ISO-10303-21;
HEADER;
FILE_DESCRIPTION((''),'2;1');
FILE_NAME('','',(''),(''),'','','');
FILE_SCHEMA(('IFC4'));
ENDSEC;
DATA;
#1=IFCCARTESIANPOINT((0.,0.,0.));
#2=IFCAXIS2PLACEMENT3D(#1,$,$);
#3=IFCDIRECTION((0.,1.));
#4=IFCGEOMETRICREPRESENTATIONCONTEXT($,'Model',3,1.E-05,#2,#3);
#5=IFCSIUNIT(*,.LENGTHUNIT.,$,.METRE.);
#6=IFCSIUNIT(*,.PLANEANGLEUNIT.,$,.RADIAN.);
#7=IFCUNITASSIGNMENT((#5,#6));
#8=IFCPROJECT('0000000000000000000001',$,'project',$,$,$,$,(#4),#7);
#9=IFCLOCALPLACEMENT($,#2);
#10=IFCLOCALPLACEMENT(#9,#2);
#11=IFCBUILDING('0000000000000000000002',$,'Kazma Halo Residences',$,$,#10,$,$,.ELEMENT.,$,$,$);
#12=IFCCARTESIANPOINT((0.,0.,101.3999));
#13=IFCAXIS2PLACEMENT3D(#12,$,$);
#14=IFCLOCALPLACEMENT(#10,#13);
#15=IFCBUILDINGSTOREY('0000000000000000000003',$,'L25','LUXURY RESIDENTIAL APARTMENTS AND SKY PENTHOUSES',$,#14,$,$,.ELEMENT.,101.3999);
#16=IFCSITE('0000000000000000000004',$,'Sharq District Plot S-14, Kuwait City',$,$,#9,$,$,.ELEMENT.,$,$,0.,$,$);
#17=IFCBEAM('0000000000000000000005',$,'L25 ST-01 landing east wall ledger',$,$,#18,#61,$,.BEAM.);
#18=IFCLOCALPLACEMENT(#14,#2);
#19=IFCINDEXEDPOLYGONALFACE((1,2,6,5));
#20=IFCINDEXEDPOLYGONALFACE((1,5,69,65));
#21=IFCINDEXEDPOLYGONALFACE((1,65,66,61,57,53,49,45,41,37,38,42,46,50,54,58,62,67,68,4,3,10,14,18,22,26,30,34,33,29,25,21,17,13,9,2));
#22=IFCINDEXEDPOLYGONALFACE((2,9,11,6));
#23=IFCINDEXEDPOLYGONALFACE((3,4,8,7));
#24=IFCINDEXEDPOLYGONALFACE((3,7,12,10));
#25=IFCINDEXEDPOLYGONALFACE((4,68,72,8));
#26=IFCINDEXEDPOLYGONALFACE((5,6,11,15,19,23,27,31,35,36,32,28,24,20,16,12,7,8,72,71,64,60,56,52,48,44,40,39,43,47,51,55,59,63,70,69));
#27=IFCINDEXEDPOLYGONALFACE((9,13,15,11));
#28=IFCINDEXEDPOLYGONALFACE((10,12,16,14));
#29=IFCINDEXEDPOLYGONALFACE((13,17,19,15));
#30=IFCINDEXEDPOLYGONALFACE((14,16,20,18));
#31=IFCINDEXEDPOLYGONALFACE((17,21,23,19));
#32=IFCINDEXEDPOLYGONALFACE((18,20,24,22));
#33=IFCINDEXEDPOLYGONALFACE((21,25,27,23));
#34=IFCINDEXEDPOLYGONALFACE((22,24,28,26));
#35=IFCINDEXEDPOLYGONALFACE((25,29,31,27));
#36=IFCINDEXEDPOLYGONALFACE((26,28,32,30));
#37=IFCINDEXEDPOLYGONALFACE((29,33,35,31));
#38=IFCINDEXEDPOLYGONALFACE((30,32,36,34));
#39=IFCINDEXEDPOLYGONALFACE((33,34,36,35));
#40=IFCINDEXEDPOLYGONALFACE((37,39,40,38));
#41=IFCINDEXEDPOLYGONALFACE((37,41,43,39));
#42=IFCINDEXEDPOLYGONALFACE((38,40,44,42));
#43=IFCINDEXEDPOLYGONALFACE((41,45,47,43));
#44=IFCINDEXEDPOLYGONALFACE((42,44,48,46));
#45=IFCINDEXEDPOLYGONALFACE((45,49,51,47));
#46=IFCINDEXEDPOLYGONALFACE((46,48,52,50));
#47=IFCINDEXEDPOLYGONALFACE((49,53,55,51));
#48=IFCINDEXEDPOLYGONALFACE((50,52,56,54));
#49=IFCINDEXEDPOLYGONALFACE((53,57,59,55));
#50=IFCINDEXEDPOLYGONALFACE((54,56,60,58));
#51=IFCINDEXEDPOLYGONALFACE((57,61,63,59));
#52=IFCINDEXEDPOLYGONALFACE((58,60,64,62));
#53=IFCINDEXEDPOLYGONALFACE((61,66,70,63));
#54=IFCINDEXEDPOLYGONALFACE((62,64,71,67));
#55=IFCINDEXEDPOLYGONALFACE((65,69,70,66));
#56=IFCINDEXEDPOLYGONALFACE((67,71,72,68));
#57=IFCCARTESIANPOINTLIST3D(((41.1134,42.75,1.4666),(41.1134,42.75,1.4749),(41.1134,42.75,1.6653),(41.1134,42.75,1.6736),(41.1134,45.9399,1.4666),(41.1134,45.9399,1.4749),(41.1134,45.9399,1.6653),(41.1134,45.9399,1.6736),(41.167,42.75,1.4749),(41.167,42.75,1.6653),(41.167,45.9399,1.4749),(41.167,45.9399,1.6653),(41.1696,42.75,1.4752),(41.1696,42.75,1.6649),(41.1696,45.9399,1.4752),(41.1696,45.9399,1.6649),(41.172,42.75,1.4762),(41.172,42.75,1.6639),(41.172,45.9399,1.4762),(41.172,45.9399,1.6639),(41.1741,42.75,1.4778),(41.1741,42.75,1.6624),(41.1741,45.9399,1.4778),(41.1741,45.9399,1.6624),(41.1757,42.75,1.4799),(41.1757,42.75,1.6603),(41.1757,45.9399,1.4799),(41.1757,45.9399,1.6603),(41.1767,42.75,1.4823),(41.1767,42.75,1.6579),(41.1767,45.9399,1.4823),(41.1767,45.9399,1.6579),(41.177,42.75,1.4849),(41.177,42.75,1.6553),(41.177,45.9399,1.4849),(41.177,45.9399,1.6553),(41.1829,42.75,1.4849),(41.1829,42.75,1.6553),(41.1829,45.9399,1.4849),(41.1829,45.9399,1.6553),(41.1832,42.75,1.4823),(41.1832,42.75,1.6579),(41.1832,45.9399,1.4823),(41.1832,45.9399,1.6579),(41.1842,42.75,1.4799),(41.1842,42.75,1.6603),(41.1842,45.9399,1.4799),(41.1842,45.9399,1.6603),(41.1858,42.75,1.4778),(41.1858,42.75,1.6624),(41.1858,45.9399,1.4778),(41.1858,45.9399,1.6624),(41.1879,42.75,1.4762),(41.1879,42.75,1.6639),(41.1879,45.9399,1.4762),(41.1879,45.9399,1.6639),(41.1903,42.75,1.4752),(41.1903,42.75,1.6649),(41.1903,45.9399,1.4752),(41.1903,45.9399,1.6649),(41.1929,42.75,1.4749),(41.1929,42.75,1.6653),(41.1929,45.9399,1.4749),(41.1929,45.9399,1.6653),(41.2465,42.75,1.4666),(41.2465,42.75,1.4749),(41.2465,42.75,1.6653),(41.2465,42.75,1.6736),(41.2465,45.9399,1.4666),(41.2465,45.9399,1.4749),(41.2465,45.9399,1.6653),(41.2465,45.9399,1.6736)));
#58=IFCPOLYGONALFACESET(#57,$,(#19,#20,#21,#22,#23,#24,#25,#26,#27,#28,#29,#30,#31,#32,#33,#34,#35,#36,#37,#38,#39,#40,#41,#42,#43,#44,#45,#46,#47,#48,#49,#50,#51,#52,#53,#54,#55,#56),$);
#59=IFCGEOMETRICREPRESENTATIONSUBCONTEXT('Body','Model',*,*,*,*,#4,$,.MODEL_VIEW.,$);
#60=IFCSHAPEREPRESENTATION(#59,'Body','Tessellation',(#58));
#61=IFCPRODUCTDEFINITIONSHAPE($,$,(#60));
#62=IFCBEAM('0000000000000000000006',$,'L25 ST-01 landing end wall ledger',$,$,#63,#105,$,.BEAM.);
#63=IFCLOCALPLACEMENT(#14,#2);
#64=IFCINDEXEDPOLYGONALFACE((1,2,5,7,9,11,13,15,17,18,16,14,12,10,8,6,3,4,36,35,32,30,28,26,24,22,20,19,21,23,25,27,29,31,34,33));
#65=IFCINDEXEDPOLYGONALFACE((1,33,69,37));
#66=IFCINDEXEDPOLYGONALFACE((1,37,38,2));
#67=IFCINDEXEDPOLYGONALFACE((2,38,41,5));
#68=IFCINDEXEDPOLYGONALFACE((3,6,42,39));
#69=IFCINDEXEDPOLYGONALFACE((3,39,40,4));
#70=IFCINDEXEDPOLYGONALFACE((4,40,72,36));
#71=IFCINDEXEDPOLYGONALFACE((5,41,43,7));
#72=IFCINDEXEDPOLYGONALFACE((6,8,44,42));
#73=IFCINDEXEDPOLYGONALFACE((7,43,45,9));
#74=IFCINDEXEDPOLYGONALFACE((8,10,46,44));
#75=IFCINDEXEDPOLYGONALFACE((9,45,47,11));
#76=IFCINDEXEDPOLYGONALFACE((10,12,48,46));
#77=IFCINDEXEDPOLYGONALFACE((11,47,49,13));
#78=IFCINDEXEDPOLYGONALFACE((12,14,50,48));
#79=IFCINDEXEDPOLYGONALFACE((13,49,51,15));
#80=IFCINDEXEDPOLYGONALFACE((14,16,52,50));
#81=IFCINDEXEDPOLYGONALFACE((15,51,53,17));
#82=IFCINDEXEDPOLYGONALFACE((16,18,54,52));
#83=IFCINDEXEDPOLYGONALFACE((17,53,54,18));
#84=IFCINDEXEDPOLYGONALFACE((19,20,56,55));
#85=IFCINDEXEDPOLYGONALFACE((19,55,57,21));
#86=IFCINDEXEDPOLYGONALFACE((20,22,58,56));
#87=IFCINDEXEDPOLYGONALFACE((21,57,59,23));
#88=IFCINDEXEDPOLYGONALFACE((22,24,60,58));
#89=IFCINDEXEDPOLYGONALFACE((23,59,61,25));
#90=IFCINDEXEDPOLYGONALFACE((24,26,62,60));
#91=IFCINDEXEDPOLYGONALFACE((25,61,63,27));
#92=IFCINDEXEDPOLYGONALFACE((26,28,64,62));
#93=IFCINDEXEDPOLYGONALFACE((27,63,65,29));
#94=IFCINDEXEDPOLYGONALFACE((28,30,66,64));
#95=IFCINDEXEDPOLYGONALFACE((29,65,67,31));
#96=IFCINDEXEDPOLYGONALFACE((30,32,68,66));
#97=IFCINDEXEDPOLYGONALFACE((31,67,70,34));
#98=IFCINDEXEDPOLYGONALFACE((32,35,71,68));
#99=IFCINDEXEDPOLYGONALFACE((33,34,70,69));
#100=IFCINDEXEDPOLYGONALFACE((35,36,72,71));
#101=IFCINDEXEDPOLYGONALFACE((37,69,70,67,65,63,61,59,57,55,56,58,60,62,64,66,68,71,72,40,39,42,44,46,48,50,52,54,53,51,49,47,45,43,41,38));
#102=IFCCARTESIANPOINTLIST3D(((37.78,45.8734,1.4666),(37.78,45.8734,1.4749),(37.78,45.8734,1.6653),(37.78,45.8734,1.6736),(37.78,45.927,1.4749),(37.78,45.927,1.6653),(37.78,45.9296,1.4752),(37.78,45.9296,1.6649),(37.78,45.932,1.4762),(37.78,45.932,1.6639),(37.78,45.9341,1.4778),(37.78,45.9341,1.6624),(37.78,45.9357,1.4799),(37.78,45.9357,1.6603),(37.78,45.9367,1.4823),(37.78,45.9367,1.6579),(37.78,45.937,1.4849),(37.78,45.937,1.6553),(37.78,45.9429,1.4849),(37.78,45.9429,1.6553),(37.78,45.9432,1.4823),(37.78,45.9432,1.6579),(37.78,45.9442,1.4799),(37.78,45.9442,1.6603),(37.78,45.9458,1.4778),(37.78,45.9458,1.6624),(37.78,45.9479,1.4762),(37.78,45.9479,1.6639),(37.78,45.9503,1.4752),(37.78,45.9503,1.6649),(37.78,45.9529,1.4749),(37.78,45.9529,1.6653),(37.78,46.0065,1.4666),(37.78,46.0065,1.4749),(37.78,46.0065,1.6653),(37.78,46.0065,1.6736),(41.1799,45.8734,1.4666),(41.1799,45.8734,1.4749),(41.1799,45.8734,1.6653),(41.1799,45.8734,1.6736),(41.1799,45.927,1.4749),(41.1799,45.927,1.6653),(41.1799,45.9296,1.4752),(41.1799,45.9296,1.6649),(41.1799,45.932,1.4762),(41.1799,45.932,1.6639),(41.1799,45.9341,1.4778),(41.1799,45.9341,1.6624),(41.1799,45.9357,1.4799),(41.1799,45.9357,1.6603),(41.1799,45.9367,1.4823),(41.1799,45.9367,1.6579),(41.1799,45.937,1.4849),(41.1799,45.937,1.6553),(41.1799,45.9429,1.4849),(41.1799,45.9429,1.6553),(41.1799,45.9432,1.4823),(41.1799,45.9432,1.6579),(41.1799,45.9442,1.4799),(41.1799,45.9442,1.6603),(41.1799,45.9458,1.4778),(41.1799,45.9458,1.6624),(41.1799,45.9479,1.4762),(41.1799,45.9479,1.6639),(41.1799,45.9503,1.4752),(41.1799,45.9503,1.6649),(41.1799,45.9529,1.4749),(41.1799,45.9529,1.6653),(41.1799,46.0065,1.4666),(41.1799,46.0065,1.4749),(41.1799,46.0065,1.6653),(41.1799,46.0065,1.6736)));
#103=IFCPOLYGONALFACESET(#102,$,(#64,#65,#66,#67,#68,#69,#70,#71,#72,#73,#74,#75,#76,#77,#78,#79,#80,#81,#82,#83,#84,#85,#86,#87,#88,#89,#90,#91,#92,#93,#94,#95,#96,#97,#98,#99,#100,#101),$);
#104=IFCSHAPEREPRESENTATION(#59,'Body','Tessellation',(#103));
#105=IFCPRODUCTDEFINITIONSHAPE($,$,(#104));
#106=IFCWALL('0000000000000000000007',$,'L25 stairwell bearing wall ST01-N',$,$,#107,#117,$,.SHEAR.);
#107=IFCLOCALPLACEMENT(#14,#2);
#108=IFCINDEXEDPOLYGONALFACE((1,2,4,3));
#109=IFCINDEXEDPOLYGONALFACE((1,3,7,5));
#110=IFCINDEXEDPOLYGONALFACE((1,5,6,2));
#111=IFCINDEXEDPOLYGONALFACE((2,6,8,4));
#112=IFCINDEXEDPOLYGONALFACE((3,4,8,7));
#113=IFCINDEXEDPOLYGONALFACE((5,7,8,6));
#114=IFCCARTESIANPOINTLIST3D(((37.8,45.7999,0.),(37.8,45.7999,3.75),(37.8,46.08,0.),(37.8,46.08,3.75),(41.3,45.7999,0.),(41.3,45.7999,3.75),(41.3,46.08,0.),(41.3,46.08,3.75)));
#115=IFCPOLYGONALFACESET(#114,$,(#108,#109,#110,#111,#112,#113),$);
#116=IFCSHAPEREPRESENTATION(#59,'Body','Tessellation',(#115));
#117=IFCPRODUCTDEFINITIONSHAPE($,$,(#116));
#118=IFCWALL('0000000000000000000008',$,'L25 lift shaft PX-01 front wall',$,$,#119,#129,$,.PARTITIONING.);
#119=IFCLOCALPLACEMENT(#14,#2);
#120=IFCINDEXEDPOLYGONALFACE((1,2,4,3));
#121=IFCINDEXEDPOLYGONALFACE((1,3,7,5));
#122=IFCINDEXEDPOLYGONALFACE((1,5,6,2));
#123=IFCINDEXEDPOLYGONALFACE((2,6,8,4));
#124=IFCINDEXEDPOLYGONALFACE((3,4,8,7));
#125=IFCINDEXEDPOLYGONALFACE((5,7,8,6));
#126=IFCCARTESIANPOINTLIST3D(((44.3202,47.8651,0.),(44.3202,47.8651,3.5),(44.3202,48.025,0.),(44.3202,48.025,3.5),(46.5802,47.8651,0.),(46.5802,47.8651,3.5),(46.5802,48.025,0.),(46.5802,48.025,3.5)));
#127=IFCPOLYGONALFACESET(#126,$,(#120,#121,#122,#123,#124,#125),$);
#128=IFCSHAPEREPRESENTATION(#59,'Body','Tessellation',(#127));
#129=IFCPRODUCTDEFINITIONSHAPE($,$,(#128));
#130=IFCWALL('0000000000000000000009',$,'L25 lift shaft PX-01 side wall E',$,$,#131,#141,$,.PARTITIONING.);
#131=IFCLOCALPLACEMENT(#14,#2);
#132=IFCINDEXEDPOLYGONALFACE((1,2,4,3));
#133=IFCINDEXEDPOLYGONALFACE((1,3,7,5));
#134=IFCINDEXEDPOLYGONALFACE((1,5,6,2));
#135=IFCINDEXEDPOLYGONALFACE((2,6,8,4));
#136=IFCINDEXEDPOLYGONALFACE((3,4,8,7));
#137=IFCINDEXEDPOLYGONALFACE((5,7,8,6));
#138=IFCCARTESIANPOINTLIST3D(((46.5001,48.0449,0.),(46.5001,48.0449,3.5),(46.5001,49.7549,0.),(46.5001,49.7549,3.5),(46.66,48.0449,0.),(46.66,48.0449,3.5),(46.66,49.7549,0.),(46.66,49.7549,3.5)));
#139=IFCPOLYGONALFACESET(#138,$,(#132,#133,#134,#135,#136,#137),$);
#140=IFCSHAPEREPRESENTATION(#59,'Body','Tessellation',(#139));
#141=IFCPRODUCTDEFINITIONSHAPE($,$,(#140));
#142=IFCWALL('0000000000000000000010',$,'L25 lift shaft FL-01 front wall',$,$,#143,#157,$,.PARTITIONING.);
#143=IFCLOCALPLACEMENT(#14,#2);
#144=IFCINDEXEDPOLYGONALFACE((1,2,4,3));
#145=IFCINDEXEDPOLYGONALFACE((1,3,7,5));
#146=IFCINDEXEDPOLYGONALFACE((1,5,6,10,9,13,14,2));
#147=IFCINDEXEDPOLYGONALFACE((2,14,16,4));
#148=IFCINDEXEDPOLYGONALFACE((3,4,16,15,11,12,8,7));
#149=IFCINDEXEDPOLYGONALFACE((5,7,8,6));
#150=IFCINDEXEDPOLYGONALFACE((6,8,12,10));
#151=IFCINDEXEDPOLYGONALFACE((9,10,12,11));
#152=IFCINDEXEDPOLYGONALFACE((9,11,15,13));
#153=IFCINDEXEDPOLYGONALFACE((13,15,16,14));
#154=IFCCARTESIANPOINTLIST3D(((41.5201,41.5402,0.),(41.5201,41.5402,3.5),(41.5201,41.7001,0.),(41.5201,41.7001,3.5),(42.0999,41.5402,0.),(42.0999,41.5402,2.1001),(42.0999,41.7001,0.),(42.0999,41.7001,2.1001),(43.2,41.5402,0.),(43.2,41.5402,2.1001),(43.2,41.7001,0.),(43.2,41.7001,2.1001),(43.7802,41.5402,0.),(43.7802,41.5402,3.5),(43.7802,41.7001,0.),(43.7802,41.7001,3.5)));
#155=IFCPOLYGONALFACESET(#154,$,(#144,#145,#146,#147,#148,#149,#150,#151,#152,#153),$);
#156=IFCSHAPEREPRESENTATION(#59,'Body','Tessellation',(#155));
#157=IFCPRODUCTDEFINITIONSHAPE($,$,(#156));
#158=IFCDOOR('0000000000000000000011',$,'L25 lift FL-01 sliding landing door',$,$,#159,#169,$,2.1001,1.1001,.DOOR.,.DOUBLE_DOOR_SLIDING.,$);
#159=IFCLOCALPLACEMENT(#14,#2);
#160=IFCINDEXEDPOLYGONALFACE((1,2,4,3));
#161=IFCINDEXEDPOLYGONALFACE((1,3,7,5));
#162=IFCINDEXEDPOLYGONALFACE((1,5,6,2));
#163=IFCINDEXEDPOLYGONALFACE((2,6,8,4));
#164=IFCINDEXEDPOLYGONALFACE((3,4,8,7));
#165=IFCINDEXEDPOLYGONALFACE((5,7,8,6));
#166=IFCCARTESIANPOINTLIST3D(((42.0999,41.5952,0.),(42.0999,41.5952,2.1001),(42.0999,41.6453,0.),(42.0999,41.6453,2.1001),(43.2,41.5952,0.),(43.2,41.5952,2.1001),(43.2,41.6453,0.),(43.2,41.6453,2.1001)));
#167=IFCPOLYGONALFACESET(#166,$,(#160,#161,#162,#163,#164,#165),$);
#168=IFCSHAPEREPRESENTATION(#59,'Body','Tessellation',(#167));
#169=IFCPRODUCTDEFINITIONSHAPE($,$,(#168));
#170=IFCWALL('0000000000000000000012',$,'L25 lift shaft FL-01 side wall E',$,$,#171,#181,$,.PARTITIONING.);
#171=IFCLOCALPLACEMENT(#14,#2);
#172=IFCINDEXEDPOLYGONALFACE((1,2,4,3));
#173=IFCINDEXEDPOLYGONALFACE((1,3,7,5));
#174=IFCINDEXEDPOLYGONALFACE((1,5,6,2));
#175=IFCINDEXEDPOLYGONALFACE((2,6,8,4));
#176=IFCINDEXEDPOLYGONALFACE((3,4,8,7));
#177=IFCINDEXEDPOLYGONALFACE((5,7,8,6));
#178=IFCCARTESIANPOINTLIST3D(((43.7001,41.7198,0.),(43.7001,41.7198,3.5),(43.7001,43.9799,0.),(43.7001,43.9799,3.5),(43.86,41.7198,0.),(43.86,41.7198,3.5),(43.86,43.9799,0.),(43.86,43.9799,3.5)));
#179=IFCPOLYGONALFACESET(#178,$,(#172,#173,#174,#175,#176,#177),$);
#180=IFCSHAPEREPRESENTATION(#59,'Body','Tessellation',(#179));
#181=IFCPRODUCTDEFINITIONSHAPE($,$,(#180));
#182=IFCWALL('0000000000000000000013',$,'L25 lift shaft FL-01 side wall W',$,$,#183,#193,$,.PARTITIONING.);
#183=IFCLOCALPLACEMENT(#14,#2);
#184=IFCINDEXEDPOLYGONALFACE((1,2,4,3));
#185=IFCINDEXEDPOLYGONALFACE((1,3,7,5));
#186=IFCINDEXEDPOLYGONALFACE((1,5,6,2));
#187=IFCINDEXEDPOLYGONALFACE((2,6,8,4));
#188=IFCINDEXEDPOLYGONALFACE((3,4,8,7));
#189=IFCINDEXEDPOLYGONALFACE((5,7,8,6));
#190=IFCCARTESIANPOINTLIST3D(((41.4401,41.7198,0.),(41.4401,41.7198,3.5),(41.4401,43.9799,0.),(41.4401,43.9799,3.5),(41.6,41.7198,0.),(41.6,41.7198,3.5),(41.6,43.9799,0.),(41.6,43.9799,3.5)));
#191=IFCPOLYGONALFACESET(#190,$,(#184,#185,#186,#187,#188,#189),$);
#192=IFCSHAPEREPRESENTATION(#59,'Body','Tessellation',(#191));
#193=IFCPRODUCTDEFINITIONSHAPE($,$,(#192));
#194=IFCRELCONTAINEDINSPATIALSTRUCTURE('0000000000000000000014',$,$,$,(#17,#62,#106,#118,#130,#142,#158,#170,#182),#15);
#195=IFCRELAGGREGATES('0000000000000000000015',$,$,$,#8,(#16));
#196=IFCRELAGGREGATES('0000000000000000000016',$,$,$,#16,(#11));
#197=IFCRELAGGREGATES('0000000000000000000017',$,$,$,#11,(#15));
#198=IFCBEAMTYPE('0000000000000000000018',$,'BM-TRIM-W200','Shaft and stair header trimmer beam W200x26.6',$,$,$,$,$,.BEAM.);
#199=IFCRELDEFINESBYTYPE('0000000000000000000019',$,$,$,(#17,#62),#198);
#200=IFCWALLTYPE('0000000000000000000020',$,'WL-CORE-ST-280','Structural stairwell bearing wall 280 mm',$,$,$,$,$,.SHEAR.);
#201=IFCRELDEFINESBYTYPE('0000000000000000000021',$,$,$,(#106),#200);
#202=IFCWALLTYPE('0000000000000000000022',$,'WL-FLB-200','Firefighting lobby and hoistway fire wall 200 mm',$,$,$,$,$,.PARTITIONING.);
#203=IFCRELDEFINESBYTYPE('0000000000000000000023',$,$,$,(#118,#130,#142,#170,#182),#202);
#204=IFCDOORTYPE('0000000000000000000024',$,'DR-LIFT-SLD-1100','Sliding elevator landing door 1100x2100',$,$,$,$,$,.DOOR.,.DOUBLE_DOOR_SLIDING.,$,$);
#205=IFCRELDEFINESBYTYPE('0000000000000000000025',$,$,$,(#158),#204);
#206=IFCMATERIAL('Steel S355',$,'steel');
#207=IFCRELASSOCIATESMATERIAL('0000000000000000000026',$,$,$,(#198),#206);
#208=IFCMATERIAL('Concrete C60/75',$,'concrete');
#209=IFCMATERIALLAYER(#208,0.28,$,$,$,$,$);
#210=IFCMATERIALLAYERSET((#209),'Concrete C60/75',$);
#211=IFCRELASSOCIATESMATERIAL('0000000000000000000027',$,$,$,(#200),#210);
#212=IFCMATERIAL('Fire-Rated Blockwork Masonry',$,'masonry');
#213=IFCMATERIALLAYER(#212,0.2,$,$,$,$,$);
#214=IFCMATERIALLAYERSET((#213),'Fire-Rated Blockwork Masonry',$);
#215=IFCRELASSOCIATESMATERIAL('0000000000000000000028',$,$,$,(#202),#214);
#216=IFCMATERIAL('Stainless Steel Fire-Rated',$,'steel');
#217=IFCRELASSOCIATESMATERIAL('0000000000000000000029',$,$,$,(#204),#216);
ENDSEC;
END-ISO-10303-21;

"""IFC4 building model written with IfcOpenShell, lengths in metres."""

from ifc_helpers import new_model, si_unit, direction, frame, frame_2d, origin, origin_2d, place, context, subcontext, project, spatial, rectangle, i_section, extrude, material, layer, layer_set, material_profile, profile_set, type_object, element, fill, save


model = new_model("IFC4")

# Units and contexts
model_context = context("Model", 3, precision=1e-05, world=origin(), true_north=direction((0.0, 1.0)))
body_context = subcontext(model_context, "Body", "Model", "MODEL_VIEW")
ifc_project = project(units=[si_unit("LENGTHUNIT", "METRE"), si_unit("PLANEANGLEUNIT", "RADIAN")], contexts=[model_context])

# Site, building, storey
site_placement = place(None, origin())
site = spatial("IfcSite", under=ifc_project, at=site_placement, Name="Sharq District Plot S-14, Kuwait City", CompositionType="ELEMENT", RefElevation=0.0)
building_placement = place(site_placement, origin())
building = spatial("IfcBuilding", under=site, at=building_placement, Name="Kazma Halo Residences", CompositionType="ELEMENT")
storey_placement = place(building_placement, frame((0.0, 0.0, 101.3999)))
storey = spatial("IfcBuildingStorey", under=building, at=storey_placement, Name="L25", Description="LUXURY RESIDENTIAL APARTMENTS AND SKY PENTHOUSES", CompositionType="ELEMENT", Elevation=101.3999)

# Shared definitions
ifc_material_1 = material(Name="Steel S355", Category="steel")

# Beams
ifc_material_profile_1 = material_profile(ifc_material_1, i_section(OverallWidth=0.1331, OverallDepth=0.207, WebThickness=0.0059, FlangeThickness=0.0083, FilletRadius=0.01, at=origin_2d()), Name="W200x26.6")
ifc_profile_set_1 = profile_set([ifc_material_profile_1], Name="Steel S355")
beam_type_1 = type_object("IfcBeamType", Name="BM-TRIM-W200", Description="Shaft and stair header trimmer beam W200x26.6", PredefinedType="BEAM", material=ifc_profile_set_1)
beam_1_placement = place(storey_placement, frame((41.1799, 42.75, 1.5701), z_axis=(0.0, 1.0, 0.0), x_axis=(-1.0, 0.0, 0.0)))
element("IfcBeam", 1, at=beam_1_placement, inside=storey, type_object=beam_type_1, Name="L25 ST-01 landing east wall ledger", PredefinedType="BEAM", context=body_context, shape_type="SweptSolid", body=[
    extrude(i_section(OverallWidth=0.1331, OverallDepth=0.207, WebThickness=0.0059, FlangeThickness=0.0083, FilletRadius=0.01, at=origin_2d()), origin(), (0.0, 0.0, 1.0), 3.1899),
])
beam_2_placement = place(storey_placement, frame((37.78, 45.9399, 1.5701), z_axis=(1.0, 0.0, 0.0), x_axis=(0.0, 1.0, 0.0)))
element("IfcBeam", 2, at=beam_2_placement, inside=storey, type_object=beam_type_1, Name="L25 ST-01 landing end wall ledger", PredefinedType="BEAM", context=body_context, shape_type="SweptSolid", body=[
    extrude(i_section(OverallWidth=0.1331, OverallDepth=0.207, WebThickness=0.0059, FlangeThickness=0.0083, FilletRadius=0.01, at=origin_2d()), origin(), (0.0, 0.0, 1.0), 3.3999),
])

# Walls
ifc_material_2 = material(Name="Concrete C60/75", Category="concrete")
ifc_layer_1 = layer(ifc_material_2, 0.28)
ifc_layer_set_1 = layer_set([ifc_layer_1], Name="Concrete C60/75")
wall_type_1 = type_object("IfcWallType", Name="WL-CORE-ST-280", Description="Structural stairwell bearing wall 280 mm", PredefinedType="SHEAR", material=ifc_layer_set_1)
wall_1_placement = place(storey_placement, frame((37.8, 45.9399, 0.0), z_axis=(0.0, 0.0, 1.0), x_axis=(1.0, 0.0, 0.0)))
element("IfcWall", 3, at=wall_1_placement, inside=storey, type_object=wall_type_1, Name="L25 stairwell bearing wall ST01-N", PredefinedType="SHEAR", context=body_context, shape_type="SweptSolid", body=[
    extrude(rectangle(XDim=3.5, YDim=0.28, at=frame_2d((1.75, 0.0))), origin(), (0.0, 0.0, 1.0), 3.75),
])
ifc_material_3 = material(Name="Fire-Rated Blockwork Masonry", Category="masonry")
ifc_layer_2 = layer(ifc_material_3, 0.2)
ifc_layer_set_2 = layer_set([ifc_layer_2], Name="Fire-Rated Blockwork Masonry")
wall_type_2 = type_object("IfcWallType", Name="WL-FLB-200", Description="Firefighting lobby and hoistway fire wall 200 mm", PredefinedType="PARTITIONING", material=ifc_layer_set_2)
wall_2_placement = place(storey_placement, frame((46.5801, 47.9451, 0.0), z_axis=(0.0, 0.0, 1.0), x_axis=(-1.0, 0.0, 0.0)))
element("IfcWall", 4, at=wall_2_placement, inside=storey, type_object=wall_type_2, Name="L25 lift shaft PX-01 front wall", PredefinedType="PARTITIONING", context=body_context, shape_type="SweptSolid", body=[
    extrude(rectangle(XDim=2.26, YDim=0.1599, at=frame_2d((1.1299, 0.0))), origin(), (0.0, 0.0, 1.0), 3.5),
])
wall_3_placement = place(storey_placement, frame((46.5801, 48.0449, 0.0), z_axis=(0.0, 0.0, 1.0), x_axis=(0.0, 1.0, 0.0)))
element("IfcWall", 5, at=wall_3_placement, inside=storey, type_object=wall_type_2, Name="L25 lift shaft PX-01 side wall E", PredefinedType="PARTITIONING", context=body_context, shape_type="SweptSolid", body=[
    extrude(rectangle(XDim=1.71, YDim=0.1599, at=frame_2d((0.855, 0.0))), origin(), (0.0, 0.0, 1.0), 3.5),
])

# Wall, opening, door
wall_4_placement = place(storey_placement, frame((43.78, 41.6201, 0.0), z_axis=(0.0, 0.0, 1.0), x_axis=(-1.0, 0.0, 0.0)))
wall_4 = element("IfcWall", 6, at=wall_4_placement, inside=storey, type_object=wall_type_2, Name="L25 lift shaft FL-01 front wall", PredefinedType="PARTITIONING", context=body_context, shape_type="SweptSolid", body=[
    extrude(rectangle(XDim=2.26, YDim=0.1599, at=frame_2d((1.1299, 0.0))), origin(), (0.0, 0.0, 1.0), 3.5),
])
opening_1_placement = place(wall_4_placement, frame((0.5801, 0.0, 0.0)))
opening_1 = element("IfcOpeningElement", 7, at=opening_1_placement, cuts=wall_4, PredefinedType="OPENING", context=body_context, shape_type="SweptSolid", body=[
    extrude(rectangle(XDim=1.1001, YDim=2.1001, at=frame_2d((0.55, 1.05))), frame((0.0, 0.0898, 0.0), z_axis=(0.0, -1.0, 0.0), x_axis=(1.0, 0.0, 0.0)), (0.0, 0.0, 1.0), 0.1799),
])
ifc_material_4 = material(Name="Stainless Steel Fire-Rated", Category="steel")
door_type_1 = type_object("IfcDoorType", Name="DR-LIFT-SLD-1100", Description="Sliding elevator landing door 1100x2100", OperationType="DOUBLE_DOOR_SLIDING", PredefinedType="DOOR", material=ifc_material_4)
door_1_placement = place(opening_1_placement, origin())
door_1 = element("IfcDoor", 8, at=door_1_placement, inside=storey, type_object=door_type_1, Name="L25 lift FL-01 sliding landing door", OperationType="DOUBLE_DOOR_SLIDING", OverallHeight=2.1001, OverallWidth=1.1001, PredefinedType="DOOR", context=body_context, shape_type="SweptSolid", body=[
    extrude(rectangle(XDim=1.1001, YDim=2.1001, at=frame_2d((0.55, 1.05))), frame((0.0, 0.0249, 0.0), z_axis=(0.0, -1.0, 0.0), x_axis=(1.0, 0.0, 0.0)), (0.0, 0.0, 1.0), 0.05),
])
fill(opening_1, door_1)

# Walls
for number, where, z_axis, x_axis, name in (
    (9, (43.78, 41.72, 0.0), (0.0, 0.0, 1.0), (0.0, 1.0, 0.0), "L25 lift shaft FL-01 side wall E"),
    (10, (41.52, 41.72, 0.0), (0.0, 0.0, 1.0), (0.0, 1.0, 0.0), "L25 lift shaft FL-01 side wall W"),
):
    element("IfcWall", number, at=place(storey_placement, frame(where, z_axis=z_axis, x_axis=x_axis)), inside=storey, type_object=wall_type_2, Name=name, PredefinedType="PARTITIONING", context=body_context, shape_type="SweptSolid", body=[
        extrude(rectangle(XDim=2.26, YDim=0.1599, at=frame_2d((1.1299, 0.0))), origin(), (0.0, 0.0, 1.0), 3.5),
    ])

save(model, "model.ifc")
